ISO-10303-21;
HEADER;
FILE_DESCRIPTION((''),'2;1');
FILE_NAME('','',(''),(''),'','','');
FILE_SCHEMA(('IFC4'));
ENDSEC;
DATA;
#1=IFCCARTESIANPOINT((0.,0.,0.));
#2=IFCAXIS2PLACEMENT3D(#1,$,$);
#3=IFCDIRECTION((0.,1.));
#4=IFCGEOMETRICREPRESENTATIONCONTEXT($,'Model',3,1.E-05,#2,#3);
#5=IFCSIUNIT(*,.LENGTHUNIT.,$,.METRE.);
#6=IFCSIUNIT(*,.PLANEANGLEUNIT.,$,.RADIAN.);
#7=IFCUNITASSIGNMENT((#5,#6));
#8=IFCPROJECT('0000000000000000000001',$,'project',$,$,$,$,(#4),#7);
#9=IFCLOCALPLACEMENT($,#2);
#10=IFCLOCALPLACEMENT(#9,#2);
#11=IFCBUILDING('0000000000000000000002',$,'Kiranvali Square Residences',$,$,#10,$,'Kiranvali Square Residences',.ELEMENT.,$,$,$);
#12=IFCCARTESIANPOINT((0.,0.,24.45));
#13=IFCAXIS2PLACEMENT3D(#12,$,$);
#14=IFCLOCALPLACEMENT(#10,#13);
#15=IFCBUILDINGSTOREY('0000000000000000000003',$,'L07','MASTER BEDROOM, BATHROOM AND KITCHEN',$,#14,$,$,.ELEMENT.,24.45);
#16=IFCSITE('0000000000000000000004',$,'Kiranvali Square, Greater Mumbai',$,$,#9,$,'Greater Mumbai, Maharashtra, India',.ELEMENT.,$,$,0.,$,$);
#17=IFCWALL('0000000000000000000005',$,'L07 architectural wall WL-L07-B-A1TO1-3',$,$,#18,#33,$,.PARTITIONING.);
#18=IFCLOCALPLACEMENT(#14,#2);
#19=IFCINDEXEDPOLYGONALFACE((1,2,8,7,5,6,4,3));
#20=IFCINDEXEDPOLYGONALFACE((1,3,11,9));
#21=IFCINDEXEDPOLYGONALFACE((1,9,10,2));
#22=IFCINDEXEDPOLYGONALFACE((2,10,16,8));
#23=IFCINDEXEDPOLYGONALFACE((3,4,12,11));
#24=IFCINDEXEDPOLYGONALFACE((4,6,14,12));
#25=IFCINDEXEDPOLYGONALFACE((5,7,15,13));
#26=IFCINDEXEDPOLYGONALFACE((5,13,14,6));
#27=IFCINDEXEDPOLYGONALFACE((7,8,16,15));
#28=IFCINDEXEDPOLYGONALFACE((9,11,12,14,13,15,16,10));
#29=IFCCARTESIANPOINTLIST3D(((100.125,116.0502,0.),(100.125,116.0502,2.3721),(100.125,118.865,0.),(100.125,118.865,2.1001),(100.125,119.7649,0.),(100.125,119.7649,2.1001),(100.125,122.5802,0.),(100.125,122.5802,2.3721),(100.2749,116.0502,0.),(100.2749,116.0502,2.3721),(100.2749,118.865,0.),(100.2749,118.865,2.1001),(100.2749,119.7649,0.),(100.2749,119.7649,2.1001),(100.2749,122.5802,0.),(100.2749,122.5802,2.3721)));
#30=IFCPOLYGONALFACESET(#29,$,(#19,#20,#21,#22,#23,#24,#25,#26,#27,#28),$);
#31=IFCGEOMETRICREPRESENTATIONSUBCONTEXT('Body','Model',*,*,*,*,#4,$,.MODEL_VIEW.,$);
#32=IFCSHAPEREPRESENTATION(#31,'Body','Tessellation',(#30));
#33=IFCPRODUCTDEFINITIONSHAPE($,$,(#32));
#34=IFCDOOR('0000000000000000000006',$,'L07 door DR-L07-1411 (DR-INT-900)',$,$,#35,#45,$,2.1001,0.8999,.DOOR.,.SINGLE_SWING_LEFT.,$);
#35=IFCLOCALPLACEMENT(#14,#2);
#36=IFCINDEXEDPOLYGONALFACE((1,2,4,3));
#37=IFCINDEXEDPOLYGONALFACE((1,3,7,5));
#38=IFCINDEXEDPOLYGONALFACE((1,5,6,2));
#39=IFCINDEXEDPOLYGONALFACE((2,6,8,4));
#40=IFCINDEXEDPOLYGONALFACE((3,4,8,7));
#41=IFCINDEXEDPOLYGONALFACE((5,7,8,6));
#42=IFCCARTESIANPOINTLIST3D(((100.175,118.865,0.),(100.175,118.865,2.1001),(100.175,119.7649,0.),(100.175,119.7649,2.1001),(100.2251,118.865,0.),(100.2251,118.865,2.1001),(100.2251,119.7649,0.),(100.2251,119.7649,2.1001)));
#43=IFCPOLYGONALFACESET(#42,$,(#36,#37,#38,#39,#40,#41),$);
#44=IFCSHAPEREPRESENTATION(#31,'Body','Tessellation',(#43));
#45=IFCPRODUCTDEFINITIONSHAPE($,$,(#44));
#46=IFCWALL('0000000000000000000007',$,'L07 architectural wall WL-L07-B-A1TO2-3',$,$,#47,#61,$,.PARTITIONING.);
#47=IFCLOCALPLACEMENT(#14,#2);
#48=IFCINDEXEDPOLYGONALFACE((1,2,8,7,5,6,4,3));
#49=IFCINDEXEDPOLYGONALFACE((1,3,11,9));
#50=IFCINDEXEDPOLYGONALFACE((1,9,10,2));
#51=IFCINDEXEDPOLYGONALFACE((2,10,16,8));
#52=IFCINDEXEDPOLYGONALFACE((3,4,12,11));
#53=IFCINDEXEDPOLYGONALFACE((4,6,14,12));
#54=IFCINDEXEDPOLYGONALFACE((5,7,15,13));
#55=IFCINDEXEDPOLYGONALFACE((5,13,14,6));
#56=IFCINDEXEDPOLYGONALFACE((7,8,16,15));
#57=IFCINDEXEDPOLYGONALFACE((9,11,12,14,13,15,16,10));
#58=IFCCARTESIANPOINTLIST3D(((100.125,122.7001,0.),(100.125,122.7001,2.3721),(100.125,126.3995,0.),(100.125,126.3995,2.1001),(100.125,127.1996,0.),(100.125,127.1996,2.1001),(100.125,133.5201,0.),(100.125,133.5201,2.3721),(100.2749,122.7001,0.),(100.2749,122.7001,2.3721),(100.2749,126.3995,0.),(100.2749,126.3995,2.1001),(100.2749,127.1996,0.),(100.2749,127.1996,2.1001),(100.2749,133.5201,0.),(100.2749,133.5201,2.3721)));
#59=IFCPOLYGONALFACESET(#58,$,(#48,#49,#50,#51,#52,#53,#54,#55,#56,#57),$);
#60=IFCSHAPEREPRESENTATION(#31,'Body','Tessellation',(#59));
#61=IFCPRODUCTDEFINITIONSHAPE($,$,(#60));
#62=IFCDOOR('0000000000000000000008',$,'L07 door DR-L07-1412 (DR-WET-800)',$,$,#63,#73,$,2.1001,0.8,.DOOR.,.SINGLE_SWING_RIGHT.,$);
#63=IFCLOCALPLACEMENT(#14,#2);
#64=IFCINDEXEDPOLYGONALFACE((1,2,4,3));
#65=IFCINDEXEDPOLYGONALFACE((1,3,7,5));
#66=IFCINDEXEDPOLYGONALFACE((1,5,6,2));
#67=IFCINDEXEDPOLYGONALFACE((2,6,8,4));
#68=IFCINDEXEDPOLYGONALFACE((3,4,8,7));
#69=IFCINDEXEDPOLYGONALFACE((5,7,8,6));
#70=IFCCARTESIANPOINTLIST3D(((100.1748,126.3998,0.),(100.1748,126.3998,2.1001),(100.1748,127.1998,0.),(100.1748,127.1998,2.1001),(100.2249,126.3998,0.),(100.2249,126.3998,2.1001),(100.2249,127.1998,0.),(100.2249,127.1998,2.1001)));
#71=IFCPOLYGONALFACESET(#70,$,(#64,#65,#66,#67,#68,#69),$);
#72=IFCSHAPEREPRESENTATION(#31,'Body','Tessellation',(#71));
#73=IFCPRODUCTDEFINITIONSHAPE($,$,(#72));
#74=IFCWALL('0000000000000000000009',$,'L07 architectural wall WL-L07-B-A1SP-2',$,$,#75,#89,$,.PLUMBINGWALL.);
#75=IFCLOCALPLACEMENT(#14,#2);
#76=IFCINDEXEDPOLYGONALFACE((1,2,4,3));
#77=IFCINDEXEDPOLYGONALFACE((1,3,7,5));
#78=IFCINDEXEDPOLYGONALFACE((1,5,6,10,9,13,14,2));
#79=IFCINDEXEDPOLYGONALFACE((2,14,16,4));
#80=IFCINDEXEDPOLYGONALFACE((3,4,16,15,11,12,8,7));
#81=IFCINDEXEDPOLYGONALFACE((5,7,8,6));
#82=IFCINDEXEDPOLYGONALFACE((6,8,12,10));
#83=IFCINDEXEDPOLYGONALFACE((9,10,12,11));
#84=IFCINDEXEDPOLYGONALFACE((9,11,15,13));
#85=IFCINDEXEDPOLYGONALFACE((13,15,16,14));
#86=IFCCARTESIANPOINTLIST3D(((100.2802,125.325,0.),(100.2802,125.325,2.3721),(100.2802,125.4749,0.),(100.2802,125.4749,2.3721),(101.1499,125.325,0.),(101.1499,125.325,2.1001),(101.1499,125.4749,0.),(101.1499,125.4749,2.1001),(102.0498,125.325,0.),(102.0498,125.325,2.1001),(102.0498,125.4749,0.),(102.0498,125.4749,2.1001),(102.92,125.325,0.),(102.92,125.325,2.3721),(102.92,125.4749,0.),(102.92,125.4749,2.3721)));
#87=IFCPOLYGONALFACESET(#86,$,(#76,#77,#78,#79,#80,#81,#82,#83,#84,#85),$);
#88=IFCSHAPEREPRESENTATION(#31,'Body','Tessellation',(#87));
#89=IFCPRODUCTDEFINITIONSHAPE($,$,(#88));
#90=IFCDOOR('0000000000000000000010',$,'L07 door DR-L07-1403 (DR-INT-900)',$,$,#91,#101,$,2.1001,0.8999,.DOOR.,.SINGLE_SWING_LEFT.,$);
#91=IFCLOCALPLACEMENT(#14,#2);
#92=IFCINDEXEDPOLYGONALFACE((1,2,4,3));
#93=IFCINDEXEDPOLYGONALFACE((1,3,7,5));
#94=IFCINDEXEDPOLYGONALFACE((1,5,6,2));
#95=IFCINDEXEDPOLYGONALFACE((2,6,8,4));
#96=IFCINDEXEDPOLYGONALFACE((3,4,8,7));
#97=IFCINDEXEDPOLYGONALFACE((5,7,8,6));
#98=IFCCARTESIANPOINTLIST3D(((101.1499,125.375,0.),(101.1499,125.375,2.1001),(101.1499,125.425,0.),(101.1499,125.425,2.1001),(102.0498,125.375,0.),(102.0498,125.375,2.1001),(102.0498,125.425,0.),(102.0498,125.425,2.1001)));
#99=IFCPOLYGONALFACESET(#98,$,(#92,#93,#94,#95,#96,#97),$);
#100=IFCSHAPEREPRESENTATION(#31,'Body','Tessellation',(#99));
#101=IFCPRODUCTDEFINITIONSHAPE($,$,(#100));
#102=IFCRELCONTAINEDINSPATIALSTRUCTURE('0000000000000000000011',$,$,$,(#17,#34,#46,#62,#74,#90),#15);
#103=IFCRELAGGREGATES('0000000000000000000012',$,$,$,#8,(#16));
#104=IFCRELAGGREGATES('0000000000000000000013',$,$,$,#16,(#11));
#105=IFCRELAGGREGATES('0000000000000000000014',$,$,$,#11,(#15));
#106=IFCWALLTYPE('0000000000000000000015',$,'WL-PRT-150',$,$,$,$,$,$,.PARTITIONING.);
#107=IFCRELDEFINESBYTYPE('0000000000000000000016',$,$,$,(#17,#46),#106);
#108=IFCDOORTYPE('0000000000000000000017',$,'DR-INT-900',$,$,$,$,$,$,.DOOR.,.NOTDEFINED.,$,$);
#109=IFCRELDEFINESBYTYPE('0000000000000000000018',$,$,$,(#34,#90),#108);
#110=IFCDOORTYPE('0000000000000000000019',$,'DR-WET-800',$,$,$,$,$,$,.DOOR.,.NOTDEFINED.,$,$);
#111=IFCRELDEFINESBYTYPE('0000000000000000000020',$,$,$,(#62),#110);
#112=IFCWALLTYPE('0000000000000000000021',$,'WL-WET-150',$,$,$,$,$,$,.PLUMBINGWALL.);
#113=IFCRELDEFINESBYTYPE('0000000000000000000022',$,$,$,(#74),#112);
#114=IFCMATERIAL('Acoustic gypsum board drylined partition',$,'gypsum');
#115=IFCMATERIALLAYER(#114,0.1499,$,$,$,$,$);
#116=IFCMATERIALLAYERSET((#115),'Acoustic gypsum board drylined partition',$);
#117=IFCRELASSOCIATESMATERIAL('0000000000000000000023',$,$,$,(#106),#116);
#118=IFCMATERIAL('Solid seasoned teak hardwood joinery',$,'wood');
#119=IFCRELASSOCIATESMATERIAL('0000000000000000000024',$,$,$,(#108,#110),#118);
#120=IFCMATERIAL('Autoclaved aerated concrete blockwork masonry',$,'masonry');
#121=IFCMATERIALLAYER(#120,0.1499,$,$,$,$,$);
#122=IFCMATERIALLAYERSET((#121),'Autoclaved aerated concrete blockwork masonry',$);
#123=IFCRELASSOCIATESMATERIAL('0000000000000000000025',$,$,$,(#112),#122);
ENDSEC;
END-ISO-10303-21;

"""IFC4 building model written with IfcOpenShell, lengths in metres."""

from ifc_helpers import new_model, si_unit, direction, frame, frame_2d, origin, place, context, subcontext, project, spatial, rectangle, extrude, material, layer, layer_set, type_object, element, fill, save


model = new_model("IFC4")

# Units and contexts
model_context = context("Model", 3, precision=1e-05, world=origin(), true_north=direction((0.0, 1.0)))
body_context = subcontext(model_context, "Body", "Model", "MODEL_VIEW")
ifc_project = project(units=[si_unit("LENGTHUNIT", "METRE"), si_unit("PLANEANGLEUNIT", "RADIAN")], contexts=[model_context])

# Site, building, storey
site_placement = place(None, origin())
site = spatial("IfcSite", under=ifc_project, at=site_placement, Name="Kiranvali Square, Greater Mumbai", LongName="Greater Mumbai, Maharashtra, India", CompositionType="ELEMENT", RefElevation=0.0)
building_placement = place(site_placement, origin())
building = spatial("IfcBuilding", under=site, at=building_placement, Name="Kiranvali Square Residences", LongName="Kiranvali Square Residences", CompositionType="ELEMENT")
storey_placement = place(building_placement, frame((0.0, 0.0, 24.45)))
storey = spatial("IfcBuildingStorey", under=building, at=storey_placement, Name="L07", Description="MASTER BEDROOM, BATHROOM AND KITCHEN", CompositionType="ELEMENT", Elevation=24.45)

# Walls, openings, doors
ifc_material_1 = material(Name="Acoustic gypsum board drylined partition", Category="gypsum")
ifc_layer_1 = layer(ifc_material_1, 0.1499)
ifc_layer_set_1 = layer_set([ifc_layer_1], Name="Acoustic gypsum board drylined partition")
wall_type_1 = type_object("IfcWallType", Name="WL-PRT-150", PredefinedType="PARTITIONING", material=ifc_layer_set_1)
wall_1_placement = place(storey_placement, frame((100.2, 116.05, 0.0), z_axis=(0.0, 0.0, 1.0), x_axis=(0.0, 1.0, 0.0)))
wall_1 = element("IfcWall", 1, at=wall_1_placement, inside=storey, type_object=wall_type_1, Name="L07 architectural wall WL-L07-B-A1TO1-3", PredefinedType="PARTITIONING", context=body_context, shape_type="SweptSolid", body=[
    extrude(rectangle(XDim=6.53, YDim=0.1499, at=frame_2d((3.2651, 0.0))), origin(), (0.0, 0.0, 1.0), 2.3721),
])
opening_1_placement = place(wall_1_placement, frame((2.8149, 0.0, 0.0)))
opening_1 = element("IfcOpeningElement", 2, at=opening_1_placement, cuts=wall_1, PredefinedType="OPENING", context=body_context, shape_type="SweptSolid", body=[
    extrude(rectangle(XDim=0.8999, YDim=2.1001, at=frame_2d((0.45, 1.05))), frame((0.0, 0.085, 0.0), z_axis=(0.0, -1.0, 0.0), x_axis=(1.0, 0.0, 0.0)), (0.0, 0.0, 1.0), 0.1699),
])
ifc_material_2 = material(Name="Solid seasoned teak hardwood joinery", Category="wood")
door_type_1 = type_object("IfcDoorType", Name="DR-INT-900", OperationType="NOTDEFINED", PredefinedType="DOOR", material=ifc_material_2)
door_1_placement = place(opening_1_placement, origin())
door_1 = element("IfcDoor", 3, at=door_1_placement, inside=storey, type_object=door_type_1, Name="L07 door DR-L07-1411 (DR-INT-900)", OperationType="SINGLE_SWING_LEFT", OverallHeight=2.1001, OverallWidth=0.8999, PredefinedType="DOOR", context=body_context, shape_type="SweptSolid", body=[
    extrude(rectangle(XDim=0.8999, YDim=2.1001, at=frame_2d((0.45, 1.05))), frame((0.0, 0.0249, 0.0), z_axis=(0.0, -1.0, 0.0), x_axis=(1.0, 0.0, 0.0)), (0.0, 0.0, 1.0), 0.05),
])
fill(opening_1, door_1)
wall_2_placement = place(storey_placement, frame((100.2, 122.7, 0.0), z_axis=(0.0, 0.0, 1.0), x_axis=(0.0, 1.0, 0.0)))
wall_2 = element("IfcWall", 4, at=wall_2_placement, inside=storey, type_object=wall_type_1, Name="L07 architectural wall WL-L07-B-A1TO2-3", PredefinedType="PARTITIONING", context=body_context, shape_type="SweptSolid", body=[
    extrude(rectangle(XDim=10.8201, YDim=0.1499, at=frame_2d((5.4102, 0.0))), origin(), (0.0, 0.0, 1.0), 2.3721),
])
opening_2_placement = place(wall_2_placement, frame((3.6997, 0.0, 0.0)))
opening_2 = element("IfcOpeningElement", 5, at=opening_2_placement, cuts=wall_2, PredefinedType="OPENING", context=body_context, shape_type="SweptSolid", body=[
    extrude(rectangle(XDim=0.8, YDim=2.1001, at=frame_2d((0.3999, 1.05))), frame((0.0, 0.085, 0.0), z_axis=(0.0, -1.0, 0.0), x_axis=(1.0, 0.0, 0.0)), (0.0, 0.0, 1.0), 0.1699),
])
door_type_2 = type_object("IfcDoorType", Name="DR-WET-800", OperationType="NOTDEFINED", PredefinedType="DOOR", material=ifc_material_2)
door_2_placement = place(opening_2_placement, frame((0.8, 0.0, 0.0), z_axis=(0.0, 0.0, 1.0), x_axis=(-1.0, 0.0, 0.0)))
door_2 = element("IfcDoor", 6, at=door_2_placement, inside=storey, type_object=door_type_2, Name="L07 door DR-L07-1412 (DR-WET-800)", OperationType="SINGLE_SWING_RIGHT", OverallHeight=2.1001, OverallWidth=0.8, PredefinedType="DOOR", context=body_context, shape_type="SweptSolid", body=[
    extrude(rectangle(XDim=0.8, YDim=2.1001, at=frame_2d((0.3999, 1.05))), frame((0.0, 0.0249, 0.0), z_axis=(0.0, -1.0, 0.0), x_axis=(1.0, 0.0, 0.0)), (0.0, 0.0, 1.0), 0.05),
])
fill(opening_2, door_2)
ifc_material_3 = material(Name="Autoclaved aerated concrete blockwork masonry", Category="masonry")
ifc_layer_2 = layer(ifc_material_3, 0.1499)
ifc_layer_set_2 = layer_set([ifc_layer_2], Name="Autoclaved aerated concrete blockwork masonry")
wall_type_2 = type_object("IfcWallType", Name="WL-WET-150", PredefinedType="PLUMBINGWALL", material=ifc_layer_set_2)
wall_3_placement = place(storey_placement, frame((102.9199, 125.3999, 0.0), z_axis=(0.0, 0.0, 1.0), x_axis=(-1.0, 0.0, 0.0)))
wall_3 = element("IfcWall", 7, at=wall_3_placement, inside=storey, type_object=wall_type_2, Name="L07 architectural wall WL-L07-B-A1SP-2", PredefinedType="PLUMBINGWALL", context=body_context, shape_type="SweptSolid", body=[
    extrude(rectangle(XDim=2.6399, YDim=0.1499, at=frame_2d((1.3198, 0.0))), origin(), (0.0, 0.0, 1.0), 2.3721),
])
opening_3_placement = place(wall_3_placement, frame((0.8701, 0.0, 0.0)))
opening_3 = element("IfcOpeningElement", 8, at=opening_3_placement, cuts=wall_3, PredefinedType="OPENING", context=body_context, shape_type="SweptSolid", body=[
    extrude(rectangle(XDim=0.8999, YDim=2.1001, at=frame_2d((0.45, 1.05))), frame((0.0, 0.085, 0.0), z_axis=(0.0, -1.0, 0.0), x_axis=(1.0, 0.0, 0.0)), (0.0, 0.0, 1.0), 0.1699),
])
door_3_placement = place(opening_3_placement, origin())
door_3 = element("IfcDoor", 9, at=door_3_placement, inside=storey, type_object=door_type_1, Name="L07 door DR-L07-1403 (DR-INT-900)", OperationType="SINGLE_SWING_LEFT", OverallHeight=2.1001, OverallWidth=0.8999, PredefinedType="DOOR", context=body_context, shape_type="SweptSolid", body=[
    extrude(rectangle(XDim=0.8999, YDim=2.1001, at=frame_2d((0.45, 1.05))), frame((0.0, 0.0249, 0.0), z_axis=(0.0, -1.0, 0.0), x_axis=(1.0, 0.0, 0.0)), (0.0, 0.0, 1.0), 0.05),
])
fill(opening_3, door_3)

save(model, "model.ifc")
